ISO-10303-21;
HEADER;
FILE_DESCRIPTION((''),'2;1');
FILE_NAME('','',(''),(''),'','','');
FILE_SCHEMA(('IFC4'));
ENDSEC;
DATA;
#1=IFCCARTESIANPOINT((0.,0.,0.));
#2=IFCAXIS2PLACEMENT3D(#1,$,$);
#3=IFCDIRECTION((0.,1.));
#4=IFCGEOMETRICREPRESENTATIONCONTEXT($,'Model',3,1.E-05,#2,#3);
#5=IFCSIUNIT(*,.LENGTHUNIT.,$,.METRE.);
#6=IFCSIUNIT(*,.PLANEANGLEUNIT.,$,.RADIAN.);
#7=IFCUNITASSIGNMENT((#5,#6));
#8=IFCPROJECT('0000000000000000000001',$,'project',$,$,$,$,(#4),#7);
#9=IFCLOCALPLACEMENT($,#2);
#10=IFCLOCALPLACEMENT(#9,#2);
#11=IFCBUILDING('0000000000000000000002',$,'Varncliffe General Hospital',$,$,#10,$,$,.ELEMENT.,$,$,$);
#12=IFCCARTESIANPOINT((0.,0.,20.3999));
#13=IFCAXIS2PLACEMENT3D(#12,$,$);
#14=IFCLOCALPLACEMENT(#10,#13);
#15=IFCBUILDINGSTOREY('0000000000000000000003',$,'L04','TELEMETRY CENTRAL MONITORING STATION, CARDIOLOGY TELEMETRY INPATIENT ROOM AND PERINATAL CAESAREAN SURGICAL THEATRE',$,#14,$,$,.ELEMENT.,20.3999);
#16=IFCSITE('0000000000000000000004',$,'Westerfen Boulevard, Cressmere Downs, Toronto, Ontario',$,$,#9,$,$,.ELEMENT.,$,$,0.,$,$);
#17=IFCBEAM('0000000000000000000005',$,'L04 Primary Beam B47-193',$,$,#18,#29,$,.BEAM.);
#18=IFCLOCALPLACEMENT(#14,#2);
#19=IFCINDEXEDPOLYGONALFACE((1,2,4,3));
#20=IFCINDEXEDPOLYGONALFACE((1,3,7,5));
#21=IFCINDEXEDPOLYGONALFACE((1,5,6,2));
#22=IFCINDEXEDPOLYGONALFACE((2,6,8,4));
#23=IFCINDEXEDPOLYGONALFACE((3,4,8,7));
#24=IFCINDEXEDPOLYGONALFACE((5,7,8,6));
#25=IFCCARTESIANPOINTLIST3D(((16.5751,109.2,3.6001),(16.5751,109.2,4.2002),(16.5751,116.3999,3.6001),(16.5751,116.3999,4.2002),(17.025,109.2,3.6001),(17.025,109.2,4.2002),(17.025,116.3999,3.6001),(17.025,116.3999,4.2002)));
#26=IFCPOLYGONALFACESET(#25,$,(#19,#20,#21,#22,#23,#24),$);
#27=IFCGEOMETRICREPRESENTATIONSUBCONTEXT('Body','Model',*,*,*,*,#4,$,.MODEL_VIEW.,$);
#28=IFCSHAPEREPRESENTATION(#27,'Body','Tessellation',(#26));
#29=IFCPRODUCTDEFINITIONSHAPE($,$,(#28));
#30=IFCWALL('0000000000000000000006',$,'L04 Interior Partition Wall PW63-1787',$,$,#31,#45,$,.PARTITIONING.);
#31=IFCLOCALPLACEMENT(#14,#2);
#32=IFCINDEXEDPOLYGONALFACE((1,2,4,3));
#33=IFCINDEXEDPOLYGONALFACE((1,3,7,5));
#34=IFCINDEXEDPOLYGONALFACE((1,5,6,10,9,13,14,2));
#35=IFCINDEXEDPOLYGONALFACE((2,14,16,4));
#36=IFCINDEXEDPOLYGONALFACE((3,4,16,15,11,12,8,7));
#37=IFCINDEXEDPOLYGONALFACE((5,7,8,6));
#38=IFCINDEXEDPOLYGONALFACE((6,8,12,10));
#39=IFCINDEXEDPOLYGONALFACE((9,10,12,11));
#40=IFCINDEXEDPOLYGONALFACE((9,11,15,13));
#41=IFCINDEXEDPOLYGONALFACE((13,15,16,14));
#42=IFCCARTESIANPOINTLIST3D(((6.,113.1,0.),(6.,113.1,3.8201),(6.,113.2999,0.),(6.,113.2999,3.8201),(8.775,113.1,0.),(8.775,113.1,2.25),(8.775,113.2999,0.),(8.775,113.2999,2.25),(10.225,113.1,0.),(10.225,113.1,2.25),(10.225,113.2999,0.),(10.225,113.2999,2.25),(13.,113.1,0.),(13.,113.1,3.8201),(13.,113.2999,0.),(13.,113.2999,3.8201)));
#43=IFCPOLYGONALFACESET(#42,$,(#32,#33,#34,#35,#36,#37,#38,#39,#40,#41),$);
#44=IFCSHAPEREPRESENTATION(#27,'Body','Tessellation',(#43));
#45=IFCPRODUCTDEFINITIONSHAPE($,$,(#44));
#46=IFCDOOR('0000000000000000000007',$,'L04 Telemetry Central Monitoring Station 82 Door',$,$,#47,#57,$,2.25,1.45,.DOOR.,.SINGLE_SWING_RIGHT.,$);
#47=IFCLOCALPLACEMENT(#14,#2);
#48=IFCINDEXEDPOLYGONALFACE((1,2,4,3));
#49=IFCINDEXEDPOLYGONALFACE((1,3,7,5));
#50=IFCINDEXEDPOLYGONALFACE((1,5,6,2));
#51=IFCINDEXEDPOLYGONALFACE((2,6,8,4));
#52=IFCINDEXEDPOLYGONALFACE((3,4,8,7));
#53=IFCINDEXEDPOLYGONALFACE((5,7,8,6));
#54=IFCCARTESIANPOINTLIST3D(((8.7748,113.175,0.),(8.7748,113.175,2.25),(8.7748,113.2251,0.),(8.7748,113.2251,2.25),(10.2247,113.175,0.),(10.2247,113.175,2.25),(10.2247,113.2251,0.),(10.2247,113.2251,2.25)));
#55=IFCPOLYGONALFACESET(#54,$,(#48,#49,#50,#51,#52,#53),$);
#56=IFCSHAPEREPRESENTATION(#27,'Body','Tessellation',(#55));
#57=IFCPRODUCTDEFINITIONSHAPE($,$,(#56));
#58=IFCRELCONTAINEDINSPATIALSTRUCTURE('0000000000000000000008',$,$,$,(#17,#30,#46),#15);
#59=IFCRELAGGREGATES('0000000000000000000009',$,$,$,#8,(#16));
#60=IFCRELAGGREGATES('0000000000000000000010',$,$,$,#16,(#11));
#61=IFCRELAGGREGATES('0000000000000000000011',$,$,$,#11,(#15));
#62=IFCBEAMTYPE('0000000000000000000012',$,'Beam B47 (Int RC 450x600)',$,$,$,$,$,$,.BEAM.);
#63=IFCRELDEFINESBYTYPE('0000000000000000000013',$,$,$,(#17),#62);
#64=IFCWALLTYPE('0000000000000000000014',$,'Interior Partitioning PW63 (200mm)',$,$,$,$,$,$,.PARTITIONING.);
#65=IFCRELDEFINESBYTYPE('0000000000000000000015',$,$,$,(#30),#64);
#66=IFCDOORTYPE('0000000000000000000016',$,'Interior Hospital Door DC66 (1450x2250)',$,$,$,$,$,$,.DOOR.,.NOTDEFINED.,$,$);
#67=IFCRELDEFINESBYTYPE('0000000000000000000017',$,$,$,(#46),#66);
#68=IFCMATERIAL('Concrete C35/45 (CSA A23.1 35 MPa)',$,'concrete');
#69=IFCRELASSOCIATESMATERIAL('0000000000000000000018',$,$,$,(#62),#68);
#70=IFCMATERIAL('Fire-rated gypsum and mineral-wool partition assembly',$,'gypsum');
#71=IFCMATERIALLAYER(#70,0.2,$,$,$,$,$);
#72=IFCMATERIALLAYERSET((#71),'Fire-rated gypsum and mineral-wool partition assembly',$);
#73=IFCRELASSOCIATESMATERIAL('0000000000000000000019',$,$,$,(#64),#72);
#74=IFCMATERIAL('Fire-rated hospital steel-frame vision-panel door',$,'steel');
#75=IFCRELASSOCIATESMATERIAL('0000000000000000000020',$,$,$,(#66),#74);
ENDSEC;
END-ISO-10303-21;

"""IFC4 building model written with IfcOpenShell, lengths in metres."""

from ifc_helpers import new_model, si_unit, direction, frame, frame_2d, origin, origin_2d, place, context, subcontext, project, spatial, rectangle, extrude, material, layer, layer_set, material_profile, profile_set, type_object, element, fill, save


model = new_model("IFC4")

# Units and contexts
model_context = context("Model", 3, precision=1e-05, world=origin(), true_north=direction((0.0, 1.0)))
body_context = subcontext(model_context, "Body", "Model", "MODEL_VIEW")
ifc_project = project(units=[si_unit("LENGTHUNIT", "METRE"), si_unit("PLANEANGLEUNIT", "RADIAN")], contexts=[model_context])

# Site, building, storey
site_placement = place(None, origin())
site = spatial("IfcSite", under=ifc_project, at=site_placement, Name="Westerfen Boulevard, Cressmere Downs, Toronto, Ontario", CompositionType="ELEMENT", RefElevation=0.0)
building_placement = place(site_placement, origin())
building = spatial("IfcBuilding", under=site, at=building_placement, Name="Varncliffe General Hospital", CompositionType="ELEMENT")
storey_placement = place(building_placement, frame((0.0, 0.0, 20.3999)))
storey = spatial("IfcBuildingStorey", under=building, at=storey_placement, Name="L04", Description="TELEMETRY CENTRAL MONITORING STATION, CARDIOLOGY TELEMETRY INPATIENT ROOM AND PERINATAL CAESAREAN SURGICAL THEATRE", CompositionType="ELEMENT", Elevation=20.3999)

# Beam
ifc_material_1 = material(Name="Concrete C35/45 (CSA A23.1 35 MPa)", Category="concrete")
ifc_material_profile_1 = material_profile(ifc_material_1, rectangle(XDim=0.45, YDim=0.6001, at=origin_2d()), Name="RC 450x600")
ifc_profile_set_1 = profile_set([ifc_material_profile_1], Name="Concrete C35/45 (CSA A23.1 35 MPa)")
beam_type = type_object("IfcBeamType", Name="Beam B47 (Int RC 450x600)", PredefinedType="BEAM", material=ifc_profile_set_1)
beam_1_placement = place(storey_placement, frame((16.8, 109.2, 3.9001), z_axis=(0.0, 1.0, 0.0), x_axis=(-1.0, 0.0, 0.0)))
element("IfcBeam", 1, at=beam_1_placement, inside=storey, type_object=beam_type, Name="L04 Primary Beam B47-193", PredefinedType="BEAM", context=body_context, shape_type="SweptSolid", body=[
    extrude(rectangle(XDim=0.45, YDim=0.6001, at=origin_2d()), origin(), (0.0, 0.0, 1.0), 7.2),
])

# Wall, opening, door
ifc_material_2 = material(Name="Fire-rated gypsum and mineral-wool partition assembly", Category="gypsum")
ifc_layer = layer(ifc_material_2, 0.2)
ifc_layer_set = layer_set([ifc_layer], Name="Fire-rated gypsum and mineral-wool partition assembly")
wall_type = type_object("IfcWallType", Name="Interior Partitioning PW63 (200mm)", PredefinedType="PARTITIONING", material=ifc_layer_set)
wall_placement = place(storey_placement, frame((6.0, 113.2, 0.0), z_axis=(0.0, 0.0, 1.0), x_axis=(1.0, 0.0, 0.0)))
wall = element("IfcWall", 2, at=wall_placement, inside=storey, type_object=wall_type, Name="L04 Interior Partition Wall PW63-1787", PredefinedType="PARTITIONING", context=body_context, shape_type="SweptSolid", body=[
    extrude(rectangle(XDim=7.0, YDim=0.2, at=frame_2d((3.5, 0.0))), origin(), (0.0, 0.0, 1.0), 3.8201),
])
opening_placement = place(wall_placement, frame((2.7749, 0.0, 0.0)))
opening = element("IfcOpeningElement", 3, at=opening_placement, cuts=wall, PredefinedType="OPENING", context=body_context, shape_type="SweptSolid", body=[
    extrude(rectangle(XDim=1.45, YDim=2.25, at=frame_2d((0.7251, 1.125))), frame((0.0, 0.1099, 0.0), z_axis=(0.0, -1.0, 0.0), x_axis=(1.0, 0.0, 0.0)), (0.0, 0.0, 1.0), 0.22),
])
ifc_material_3 = material(Name="Fire-rated hospital steel-frame vision-panel door", Category="steel")
door_type = type_object("IfcDoorType", Name="Interior Hospital Door DC66 (1450x2250)", OperationType="NOTDEFINED", PredefinedType="DOOR", material=ifc_material_3)
door_placement = place(opening_placement, frame((1.45, 0.0, 0.0), z_axis=(0.0, 0.0, 1.0), x_axis=(-1.0, 0.0, 0.0)))
door = element("IfcDoor", 4, at=door_placement, inside=storey, type_object=door_type, Name="L04 Telemetry Central Monitoring Station 82 Door", OperationType="SINGLE_SWING_RIGHT", OverallHeight=2.25, OverallWidth=1.45, PredefinedType="DOOR", context=body_context, shape_type="SweptSolid", body=[
    extrude(rectangle(XDim=1.45, YDim=2.25, at=frame_2d((0.7251, 1.125))), frame((0.0, 0.0249, 0.0), z_axis=(0.0, -1.0, 0.0), x_axis=(1.0, 0.0, 0.0)), (0.0, 0.0, 1.0), 0.05),
])
fill(opening, door)

save(model, "model.ifc")
